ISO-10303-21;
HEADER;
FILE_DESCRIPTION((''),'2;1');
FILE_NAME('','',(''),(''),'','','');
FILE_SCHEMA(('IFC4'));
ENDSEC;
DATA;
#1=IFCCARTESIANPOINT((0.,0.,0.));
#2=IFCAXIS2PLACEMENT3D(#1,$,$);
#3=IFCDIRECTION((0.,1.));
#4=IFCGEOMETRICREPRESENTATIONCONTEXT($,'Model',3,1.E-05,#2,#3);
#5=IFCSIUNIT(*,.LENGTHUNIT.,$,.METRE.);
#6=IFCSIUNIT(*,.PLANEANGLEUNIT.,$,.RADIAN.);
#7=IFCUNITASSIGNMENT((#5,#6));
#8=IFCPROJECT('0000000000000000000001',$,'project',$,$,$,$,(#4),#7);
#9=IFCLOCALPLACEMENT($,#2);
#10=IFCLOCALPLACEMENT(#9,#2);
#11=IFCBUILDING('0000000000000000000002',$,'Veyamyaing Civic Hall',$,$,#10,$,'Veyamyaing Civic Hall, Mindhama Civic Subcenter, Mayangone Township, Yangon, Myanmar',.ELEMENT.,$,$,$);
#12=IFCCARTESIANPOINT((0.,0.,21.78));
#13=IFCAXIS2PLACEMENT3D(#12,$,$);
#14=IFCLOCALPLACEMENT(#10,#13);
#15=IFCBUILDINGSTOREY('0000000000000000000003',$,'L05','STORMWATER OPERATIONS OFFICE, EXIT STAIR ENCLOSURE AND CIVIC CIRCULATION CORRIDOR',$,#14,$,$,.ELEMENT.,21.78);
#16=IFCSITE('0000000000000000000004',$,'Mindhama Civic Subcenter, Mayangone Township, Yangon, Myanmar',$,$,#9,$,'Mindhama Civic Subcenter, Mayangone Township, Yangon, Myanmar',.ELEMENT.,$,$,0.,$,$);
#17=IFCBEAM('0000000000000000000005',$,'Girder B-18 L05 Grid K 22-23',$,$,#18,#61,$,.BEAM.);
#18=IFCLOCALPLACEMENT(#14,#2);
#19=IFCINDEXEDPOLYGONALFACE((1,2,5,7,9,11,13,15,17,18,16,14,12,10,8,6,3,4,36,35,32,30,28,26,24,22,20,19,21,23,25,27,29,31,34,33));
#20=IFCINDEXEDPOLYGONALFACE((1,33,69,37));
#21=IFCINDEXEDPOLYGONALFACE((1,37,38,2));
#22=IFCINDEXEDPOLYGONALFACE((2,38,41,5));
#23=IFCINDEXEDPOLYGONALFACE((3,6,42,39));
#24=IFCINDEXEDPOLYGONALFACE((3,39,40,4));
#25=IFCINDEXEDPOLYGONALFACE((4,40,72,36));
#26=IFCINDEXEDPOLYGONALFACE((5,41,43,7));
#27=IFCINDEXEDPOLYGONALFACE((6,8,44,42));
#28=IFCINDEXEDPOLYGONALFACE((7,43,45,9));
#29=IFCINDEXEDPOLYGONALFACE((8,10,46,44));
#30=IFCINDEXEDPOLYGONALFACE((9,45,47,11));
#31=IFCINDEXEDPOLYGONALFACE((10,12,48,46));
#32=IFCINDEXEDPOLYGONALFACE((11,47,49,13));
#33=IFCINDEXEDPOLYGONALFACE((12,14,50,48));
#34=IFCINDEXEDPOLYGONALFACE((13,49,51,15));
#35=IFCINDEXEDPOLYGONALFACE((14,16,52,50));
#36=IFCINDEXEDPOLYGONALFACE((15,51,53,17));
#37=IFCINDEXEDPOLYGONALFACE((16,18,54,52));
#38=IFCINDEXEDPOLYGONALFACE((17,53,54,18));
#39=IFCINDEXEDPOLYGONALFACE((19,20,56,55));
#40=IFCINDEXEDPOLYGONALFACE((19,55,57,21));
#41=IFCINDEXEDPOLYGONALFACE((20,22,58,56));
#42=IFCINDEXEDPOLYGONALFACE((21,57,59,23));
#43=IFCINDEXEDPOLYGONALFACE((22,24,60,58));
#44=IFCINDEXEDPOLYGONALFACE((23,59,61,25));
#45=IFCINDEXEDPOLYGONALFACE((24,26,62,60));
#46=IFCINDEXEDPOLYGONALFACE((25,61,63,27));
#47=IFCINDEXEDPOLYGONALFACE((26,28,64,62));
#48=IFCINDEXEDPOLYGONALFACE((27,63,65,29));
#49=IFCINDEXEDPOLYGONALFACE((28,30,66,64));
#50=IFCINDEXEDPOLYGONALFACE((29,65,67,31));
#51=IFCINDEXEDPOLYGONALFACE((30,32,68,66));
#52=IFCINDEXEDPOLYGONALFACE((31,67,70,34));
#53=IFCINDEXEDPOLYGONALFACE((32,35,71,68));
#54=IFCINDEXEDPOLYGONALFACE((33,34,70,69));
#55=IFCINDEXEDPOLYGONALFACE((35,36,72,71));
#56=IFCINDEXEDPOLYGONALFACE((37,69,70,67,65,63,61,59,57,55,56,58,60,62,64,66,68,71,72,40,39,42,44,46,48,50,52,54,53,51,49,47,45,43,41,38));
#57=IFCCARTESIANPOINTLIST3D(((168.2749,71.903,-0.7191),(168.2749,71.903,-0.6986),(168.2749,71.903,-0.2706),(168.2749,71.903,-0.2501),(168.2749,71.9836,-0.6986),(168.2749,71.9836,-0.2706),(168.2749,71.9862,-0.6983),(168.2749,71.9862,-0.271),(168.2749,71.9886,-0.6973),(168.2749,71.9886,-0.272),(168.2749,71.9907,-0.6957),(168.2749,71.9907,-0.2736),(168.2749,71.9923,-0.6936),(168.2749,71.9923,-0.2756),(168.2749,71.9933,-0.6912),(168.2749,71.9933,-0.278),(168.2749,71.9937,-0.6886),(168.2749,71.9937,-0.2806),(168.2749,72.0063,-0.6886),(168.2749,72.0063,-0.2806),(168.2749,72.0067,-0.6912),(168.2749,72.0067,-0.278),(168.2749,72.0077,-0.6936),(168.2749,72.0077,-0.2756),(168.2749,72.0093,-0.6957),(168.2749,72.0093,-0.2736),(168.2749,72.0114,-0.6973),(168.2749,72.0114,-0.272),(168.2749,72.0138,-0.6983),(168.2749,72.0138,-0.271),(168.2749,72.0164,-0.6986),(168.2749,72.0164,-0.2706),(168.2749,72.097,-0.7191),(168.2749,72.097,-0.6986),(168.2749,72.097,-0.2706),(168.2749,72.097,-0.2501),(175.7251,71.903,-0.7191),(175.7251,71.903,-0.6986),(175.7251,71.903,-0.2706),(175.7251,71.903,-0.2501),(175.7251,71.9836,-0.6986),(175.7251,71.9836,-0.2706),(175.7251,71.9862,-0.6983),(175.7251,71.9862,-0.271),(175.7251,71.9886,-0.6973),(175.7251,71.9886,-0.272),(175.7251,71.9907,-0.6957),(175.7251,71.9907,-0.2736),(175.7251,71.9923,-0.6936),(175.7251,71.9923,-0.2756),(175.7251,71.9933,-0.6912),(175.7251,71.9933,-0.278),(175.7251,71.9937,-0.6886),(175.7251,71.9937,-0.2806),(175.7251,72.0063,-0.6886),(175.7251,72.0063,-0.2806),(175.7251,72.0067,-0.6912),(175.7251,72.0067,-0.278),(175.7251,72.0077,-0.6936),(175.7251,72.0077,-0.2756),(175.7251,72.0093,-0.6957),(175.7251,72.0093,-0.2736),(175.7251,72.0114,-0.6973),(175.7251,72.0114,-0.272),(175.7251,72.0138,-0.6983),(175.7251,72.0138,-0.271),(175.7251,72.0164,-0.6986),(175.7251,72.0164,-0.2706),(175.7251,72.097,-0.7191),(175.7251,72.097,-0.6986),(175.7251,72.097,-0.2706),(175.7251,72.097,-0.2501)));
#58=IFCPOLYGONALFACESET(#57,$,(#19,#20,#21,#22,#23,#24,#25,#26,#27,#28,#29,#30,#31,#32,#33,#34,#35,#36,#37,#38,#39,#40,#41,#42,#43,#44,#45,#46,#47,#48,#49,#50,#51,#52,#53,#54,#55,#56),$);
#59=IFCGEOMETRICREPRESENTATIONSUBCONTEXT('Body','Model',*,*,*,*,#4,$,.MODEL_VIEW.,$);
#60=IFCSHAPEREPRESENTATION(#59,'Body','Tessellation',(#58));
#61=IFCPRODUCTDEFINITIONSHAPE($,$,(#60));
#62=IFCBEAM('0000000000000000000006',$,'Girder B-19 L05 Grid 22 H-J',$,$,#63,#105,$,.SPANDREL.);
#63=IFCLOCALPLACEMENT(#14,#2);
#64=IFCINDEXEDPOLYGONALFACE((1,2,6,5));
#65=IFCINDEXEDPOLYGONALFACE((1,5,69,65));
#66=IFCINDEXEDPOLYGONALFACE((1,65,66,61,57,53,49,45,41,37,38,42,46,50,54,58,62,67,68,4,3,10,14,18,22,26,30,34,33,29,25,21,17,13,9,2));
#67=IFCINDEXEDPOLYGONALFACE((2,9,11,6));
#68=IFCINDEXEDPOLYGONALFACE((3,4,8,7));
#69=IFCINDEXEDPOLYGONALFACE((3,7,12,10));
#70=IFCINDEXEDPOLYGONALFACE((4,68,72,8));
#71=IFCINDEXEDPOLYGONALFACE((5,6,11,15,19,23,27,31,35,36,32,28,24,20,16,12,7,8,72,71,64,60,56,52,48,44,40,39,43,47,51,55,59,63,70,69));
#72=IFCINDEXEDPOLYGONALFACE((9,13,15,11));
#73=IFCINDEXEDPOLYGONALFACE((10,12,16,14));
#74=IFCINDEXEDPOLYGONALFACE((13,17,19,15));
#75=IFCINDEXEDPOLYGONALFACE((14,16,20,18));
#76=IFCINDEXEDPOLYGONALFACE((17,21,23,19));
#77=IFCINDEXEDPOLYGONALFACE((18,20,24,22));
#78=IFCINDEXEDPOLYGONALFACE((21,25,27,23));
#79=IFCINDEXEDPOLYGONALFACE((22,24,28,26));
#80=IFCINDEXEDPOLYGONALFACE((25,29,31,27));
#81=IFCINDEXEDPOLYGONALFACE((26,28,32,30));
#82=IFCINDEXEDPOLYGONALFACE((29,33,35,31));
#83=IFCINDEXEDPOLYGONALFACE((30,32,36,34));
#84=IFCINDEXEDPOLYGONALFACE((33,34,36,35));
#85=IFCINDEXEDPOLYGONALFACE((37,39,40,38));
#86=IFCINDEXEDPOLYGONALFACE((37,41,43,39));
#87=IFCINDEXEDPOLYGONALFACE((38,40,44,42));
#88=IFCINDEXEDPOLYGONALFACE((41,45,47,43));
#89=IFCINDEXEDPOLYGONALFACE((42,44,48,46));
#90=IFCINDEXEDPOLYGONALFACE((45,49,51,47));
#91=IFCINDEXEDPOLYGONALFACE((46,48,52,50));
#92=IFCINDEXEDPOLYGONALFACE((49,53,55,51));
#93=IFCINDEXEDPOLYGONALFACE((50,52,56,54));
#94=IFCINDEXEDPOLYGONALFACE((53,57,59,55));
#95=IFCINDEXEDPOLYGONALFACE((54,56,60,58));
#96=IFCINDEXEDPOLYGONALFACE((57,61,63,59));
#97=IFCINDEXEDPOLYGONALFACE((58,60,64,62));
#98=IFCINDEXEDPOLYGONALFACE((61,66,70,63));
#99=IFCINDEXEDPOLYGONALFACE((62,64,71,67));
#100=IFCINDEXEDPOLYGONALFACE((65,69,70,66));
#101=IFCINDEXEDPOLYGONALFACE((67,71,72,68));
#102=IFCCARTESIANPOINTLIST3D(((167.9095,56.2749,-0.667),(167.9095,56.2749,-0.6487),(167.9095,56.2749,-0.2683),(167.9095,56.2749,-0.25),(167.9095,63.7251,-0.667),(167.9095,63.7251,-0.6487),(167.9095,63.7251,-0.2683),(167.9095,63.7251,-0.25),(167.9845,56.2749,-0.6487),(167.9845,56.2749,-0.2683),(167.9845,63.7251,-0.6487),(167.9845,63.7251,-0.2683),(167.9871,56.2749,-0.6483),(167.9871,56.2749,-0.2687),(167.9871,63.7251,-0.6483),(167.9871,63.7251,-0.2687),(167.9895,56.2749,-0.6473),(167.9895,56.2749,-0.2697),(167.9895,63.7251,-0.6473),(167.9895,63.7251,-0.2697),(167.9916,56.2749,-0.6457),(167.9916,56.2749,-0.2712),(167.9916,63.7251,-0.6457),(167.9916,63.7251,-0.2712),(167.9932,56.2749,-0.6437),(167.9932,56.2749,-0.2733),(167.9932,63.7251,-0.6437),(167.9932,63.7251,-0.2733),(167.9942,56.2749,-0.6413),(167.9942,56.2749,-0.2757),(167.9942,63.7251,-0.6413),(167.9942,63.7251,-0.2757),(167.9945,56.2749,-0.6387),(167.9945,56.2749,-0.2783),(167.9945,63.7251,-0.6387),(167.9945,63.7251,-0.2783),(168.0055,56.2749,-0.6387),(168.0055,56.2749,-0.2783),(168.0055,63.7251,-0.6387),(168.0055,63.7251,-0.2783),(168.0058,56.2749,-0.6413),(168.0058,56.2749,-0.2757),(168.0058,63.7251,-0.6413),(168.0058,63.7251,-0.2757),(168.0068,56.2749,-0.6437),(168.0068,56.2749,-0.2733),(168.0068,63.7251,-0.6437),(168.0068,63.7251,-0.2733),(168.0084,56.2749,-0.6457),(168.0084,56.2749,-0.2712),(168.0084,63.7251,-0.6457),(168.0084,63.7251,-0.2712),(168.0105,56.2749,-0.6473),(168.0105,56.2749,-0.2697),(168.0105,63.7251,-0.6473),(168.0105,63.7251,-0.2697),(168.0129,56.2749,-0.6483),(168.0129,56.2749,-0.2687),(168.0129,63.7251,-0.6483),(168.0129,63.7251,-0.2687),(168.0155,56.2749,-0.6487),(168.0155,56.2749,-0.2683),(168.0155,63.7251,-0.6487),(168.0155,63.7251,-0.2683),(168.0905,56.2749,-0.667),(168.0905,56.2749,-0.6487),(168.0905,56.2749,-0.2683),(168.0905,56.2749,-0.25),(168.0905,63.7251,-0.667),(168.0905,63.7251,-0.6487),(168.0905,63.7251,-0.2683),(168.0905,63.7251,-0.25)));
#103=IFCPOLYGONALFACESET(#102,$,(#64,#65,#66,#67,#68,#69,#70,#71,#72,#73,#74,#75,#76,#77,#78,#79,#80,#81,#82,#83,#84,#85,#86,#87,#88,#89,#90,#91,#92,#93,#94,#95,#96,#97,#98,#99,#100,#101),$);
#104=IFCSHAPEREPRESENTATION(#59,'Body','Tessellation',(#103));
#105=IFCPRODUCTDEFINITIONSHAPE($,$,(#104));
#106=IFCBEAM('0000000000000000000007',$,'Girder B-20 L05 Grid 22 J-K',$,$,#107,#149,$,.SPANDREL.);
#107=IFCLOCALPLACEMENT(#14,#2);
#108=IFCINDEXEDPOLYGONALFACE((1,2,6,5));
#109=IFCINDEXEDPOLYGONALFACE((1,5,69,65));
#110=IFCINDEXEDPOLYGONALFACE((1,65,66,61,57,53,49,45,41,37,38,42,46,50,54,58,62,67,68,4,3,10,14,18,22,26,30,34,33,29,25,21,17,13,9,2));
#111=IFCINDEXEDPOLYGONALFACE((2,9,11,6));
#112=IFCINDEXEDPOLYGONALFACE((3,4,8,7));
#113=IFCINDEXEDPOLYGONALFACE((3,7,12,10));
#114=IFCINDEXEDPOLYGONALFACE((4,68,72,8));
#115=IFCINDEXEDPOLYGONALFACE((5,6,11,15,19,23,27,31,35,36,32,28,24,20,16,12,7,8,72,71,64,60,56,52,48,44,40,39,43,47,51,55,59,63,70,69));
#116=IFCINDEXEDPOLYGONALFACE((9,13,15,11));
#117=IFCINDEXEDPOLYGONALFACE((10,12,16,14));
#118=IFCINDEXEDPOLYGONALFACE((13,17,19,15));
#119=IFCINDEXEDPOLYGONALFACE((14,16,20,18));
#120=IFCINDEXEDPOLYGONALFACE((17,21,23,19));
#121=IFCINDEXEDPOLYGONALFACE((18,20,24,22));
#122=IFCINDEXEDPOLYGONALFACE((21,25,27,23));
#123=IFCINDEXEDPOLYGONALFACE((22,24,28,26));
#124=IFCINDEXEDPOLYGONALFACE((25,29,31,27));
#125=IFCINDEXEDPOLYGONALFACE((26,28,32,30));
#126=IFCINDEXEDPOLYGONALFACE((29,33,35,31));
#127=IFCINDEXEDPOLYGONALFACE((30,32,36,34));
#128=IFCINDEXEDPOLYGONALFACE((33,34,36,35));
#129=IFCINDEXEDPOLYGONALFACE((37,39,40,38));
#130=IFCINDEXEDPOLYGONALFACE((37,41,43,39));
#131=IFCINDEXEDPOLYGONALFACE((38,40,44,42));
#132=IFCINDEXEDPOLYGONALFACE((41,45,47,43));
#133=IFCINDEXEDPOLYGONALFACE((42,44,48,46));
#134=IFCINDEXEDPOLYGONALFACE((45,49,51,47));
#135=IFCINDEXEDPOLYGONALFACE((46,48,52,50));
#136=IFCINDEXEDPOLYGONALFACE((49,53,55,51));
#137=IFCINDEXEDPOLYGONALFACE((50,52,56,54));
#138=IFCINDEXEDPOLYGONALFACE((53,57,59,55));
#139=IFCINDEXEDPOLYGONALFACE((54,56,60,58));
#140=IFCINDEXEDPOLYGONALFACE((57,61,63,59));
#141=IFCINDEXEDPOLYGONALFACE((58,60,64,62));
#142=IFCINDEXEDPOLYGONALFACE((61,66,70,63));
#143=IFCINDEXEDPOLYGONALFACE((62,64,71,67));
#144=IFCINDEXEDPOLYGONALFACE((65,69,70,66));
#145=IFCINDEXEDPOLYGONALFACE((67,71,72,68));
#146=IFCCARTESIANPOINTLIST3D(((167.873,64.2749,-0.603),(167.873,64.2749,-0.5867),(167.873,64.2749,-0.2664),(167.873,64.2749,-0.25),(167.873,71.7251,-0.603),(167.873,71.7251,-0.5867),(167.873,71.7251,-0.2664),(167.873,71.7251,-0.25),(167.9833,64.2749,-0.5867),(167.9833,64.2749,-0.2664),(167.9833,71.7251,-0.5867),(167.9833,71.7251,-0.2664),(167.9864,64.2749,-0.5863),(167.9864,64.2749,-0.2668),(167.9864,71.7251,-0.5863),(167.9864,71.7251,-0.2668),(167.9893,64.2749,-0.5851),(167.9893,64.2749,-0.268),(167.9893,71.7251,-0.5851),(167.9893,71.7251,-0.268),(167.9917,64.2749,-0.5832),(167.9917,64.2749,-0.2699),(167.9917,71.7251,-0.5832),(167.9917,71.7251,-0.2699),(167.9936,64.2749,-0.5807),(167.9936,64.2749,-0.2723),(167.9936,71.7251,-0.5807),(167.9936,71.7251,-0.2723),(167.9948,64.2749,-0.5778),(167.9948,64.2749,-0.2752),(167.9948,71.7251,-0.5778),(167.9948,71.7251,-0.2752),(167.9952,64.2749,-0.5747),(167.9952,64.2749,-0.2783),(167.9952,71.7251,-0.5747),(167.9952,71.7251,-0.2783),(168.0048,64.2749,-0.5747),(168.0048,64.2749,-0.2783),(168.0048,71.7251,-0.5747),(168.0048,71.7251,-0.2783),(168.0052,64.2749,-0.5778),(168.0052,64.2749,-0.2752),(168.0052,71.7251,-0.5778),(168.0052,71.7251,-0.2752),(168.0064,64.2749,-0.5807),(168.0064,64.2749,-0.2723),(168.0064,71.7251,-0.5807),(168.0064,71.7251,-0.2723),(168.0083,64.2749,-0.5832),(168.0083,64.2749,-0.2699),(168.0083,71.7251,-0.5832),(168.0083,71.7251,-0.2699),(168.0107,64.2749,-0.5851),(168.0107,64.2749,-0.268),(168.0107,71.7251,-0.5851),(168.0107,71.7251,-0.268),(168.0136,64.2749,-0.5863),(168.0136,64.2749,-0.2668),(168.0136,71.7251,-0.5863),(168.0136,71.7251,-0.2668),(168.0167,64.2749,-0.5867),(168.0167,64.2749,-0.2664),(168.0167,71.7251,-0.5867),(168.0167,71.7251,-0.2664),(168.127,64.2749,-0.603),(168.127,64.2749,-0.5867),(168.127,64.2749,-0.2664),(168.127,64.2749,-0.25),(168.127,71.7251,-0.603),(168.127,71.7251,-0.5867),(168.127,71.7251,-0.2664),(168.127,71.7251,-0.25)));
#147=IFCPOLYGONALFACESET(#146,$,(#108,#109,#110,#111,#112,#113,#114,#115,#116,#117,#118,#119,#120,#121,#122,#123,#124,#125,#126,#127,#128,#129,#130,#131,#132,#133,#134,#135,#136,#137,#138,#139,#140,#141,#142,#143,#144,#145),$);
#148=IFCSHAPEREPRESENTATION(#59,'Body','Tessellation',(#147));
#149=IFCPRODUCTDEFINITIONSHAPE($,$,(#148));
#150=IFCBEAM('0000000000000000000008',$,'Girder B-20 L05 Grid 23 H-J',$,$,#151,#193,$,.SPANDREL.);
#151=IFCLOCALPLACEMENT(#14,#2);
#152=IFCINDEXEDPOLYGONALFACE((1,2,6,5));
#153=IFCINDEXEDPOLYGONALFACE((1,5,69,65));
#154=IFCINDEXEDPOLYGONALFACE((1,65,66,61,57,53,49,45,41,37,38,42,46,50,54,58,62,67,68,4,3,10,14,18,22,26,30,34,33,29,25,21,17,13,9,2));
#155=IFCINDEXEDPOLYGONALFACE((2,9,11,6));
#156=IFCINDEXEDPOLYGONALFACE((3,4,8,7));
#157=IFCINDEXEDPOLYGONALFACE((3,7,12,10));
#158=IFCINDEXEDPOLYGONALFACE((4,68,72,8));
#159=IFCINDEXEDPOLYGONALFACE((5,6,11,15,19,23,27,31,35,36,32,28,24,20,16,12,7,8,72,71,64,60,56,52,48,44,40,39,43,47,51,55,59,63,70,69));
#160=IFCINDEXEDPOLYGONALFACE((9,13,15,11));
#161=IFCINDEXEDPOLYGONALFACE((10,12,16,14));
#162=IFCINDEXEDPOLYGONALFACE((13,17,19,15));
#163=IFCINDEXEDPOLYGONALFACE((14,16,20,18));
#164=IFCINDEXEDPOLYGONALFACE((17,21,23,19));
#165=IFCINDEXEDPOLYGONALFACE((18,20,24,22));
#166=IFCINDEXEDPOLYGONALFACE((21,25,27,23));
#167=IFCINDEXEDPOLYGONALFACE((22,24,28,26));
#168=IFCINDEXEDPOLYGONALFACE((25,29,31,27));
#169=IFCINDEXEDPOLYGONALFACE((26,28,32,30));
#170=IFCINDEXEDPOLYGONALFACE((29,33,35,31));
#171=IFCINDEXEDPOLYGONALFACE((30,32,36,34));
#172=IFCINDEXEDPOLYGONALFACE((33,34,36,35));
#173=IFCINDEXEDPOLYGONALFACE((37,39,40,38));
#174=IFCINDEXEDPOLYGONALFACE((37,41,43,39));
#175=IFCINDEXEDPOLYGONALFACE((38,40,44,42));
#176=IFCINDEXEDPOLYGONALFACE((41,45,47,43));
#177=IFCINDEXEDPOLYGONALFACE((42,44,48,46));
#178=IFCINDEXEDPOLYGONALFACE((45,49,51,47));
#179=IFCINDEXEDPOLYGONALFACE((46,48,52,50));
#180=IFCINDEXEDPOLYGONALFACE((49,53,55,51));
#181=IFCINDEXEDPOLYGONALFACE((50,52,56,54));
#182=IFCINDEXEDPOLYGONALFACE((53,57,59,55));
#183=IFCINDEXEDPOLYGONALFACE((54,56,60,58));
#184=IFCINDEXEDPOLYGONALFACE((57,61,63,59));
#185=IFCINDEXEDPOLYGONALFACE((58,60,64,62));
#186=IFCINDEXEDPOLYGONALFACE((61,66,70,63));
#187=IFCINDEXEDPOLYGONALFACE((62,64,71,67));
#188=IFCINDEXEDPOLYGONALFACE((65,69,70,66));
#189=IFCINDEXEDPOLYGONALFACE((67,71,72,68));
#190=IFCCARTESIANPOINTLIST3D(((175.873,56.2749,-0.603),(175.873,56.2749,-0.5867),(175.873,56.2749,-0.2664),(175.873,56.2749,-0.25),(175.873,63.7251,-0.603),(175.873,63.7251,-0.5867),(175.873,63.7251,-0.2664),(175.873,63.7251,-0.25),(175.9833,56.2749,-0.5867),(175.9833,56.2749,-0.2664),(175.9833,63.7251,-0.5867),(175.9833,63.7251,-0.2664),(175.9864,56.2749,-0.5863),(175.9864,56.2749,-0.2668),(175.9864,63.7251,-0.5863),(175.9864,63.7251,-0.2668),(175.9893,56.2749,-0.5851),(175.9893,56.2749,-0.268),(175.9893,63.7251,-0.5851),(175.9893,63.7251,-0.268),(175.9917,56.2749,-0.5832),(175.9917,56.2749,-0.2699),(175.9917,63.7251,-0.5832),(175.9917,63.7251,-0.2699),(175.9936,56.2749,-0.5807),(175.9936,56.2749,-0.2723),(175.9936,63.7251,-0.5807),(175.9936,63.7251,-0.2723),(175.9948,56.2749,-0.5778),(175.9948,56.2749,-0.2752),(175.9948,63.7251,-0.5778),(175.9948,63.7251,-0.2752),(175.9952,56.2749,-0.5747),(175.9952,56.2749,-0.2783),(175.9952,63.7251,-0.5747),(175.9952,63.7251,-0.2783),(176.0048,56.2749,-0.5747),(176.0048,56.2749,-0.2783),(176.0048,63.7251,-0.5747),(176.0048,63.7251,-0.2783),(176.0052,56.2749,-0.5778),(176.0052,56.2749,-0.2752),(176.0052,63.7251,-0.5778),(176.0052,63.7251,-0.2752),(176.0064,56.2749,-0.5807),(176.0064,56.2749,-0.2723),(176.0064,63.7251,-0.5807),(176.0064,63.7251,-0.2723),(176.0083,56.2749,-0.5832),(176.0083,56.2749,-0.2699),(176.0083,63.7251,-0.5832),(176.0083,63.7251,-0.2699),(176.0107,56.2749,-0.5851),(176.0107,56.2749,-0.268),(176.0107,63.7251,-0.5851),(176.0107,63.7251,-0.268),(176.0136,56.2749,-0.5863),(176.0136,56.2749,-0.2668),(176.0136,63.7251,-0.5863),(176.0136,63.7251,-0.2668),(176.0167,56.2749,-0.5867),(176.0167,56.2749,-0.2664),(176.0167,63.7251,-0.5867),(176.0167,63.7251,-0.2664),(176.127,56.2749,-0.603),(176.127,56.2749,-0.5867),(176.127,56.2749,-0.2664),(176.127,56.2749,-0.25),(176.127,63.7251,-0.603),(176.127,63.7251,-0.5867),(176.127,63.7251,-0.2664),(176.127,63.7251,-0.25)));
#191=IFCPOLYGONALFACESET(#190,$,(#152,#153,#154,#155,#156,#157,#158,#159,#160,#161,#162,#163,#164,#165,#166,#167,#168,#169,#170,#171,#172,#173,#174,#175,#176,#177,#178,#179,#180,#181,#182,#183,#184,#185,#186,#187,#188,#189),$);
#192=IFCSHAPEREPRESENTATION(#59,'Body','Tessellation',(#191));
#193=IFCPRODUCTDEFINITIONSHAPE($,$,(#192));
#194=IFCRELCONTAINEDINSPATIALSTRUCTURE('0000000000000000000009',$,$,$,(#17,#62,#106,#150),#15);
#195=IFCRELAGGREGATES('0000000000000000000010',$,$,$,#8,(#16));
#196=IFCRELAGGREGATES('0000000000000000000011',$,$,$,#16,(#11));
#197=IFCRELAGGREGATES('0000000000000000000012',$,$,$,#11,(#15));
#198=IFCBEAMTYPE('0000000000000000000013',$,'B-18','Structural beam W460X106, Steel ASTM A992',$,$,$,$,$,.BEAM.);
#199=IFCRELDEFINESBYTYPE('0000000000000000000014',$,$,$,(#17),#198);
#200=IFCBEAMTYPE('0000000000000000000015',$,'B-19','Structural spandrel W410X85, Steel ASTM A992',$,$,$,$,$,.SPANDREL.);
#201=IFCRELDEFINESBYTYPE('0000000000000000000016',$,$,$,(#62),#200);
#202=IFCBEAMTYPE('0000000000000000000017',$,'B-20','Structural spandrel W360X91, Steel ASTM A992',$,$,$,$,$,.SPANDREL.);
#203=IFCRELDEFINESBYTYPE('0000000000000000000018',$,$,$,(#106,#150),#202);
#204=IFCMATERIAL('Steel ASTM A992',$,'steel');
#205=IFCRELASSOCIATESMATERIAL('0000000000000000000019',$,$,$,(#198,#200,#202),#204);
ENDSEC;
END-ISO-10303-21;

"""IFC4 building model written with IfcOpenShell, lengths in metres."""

from ifc_helpers import new_model, si_unit, direction, frame, origin, origin_2d, place, context, subcontext, project, spatial, i_section, extrude, material, material_profile, profile_set, type_object, element, save


model = new_model("IFC4")

# Units and contexts
model_context = context("Model", 3, precision=1e-05, world=origin(), true_north=direction((0.0, 1.0)))
body_context = subcontext(model_context, "Body", "Model", "MODEL_VIEW")
ifc_project = project(units=[si_unit("LENGTHUNIT", "METRE"), si_unit("PLANEANGLEUNIT", "RADIAN")], contexts=[model_context])

# Site, building, storey
site_placement = place(None, origin())
site = spatial("IfcSite", under=ifc_project, at=site_placement, Name="Mindhama Civic Subcenter, Mayangone Township, Yangon, Myanmar", LongName="Mindhama Civic Subcenter, Mayangone Township, Yangon, Myanmar", CompositionType="ELEMENT", RefElevation=0.0)
building_placement = place(site_placement, origin())
building = spatial("IfcBuilding", under=site, at=building_placement, Name="Veyamyaing Civic Hall", LongName="Veyamyaing Civic Hall, Mindhama Civic Subcenter, Mayangone Township, Yangon, Myanmar", CompositionType="ELEMENT")
storey_placement = place(building_placement, frame((0.0, 0.0, 21.78)))
storey = spatial("IfcBuildingStorey", under=building, at=storey_placement, Name="L05", Description="STORMWATER OPERATIONS OFFICE, EXIT STAIR ENCLOSURE AND CIVIC CIRCULATION CORRIDOR", CompositionType="ELEMENT", Elevation=21.78)

# Beams
ifc_material_1 = material(Name="Steel ASTM A992", Category="steel")
ifc_material_profile_1 = material_profile(ifc_material_1, i_section(OverallWidth=0.1941, OverallDepth=0.469, WebThickness=0.0127, FlangeThickness=0.0205, FilletRadius=0.01, at=origin_2d()), Name="W460X106")
ifc_profile_set_1 = profile_set([ifc_material_profile_1], Name="Steel ASTM A992")
beam_type_1 = type_object("IfcBeamType", Name="B-18", Description="Structural beam W460X106, Steel ASTM A992", PredefinedType="BEAM", material=ifc_profile_set_1)
beam_1_placement = place(storey_placement, frame((168.2749, 72.0, -0.4846), z_axis=(1.0, 0.0, 0.0), x_axis=(0.0, 1.0, 0.0)))
element("IfcBeam", 1, at=beam_1_placement, inside=storey, type_object=beam_type_1, Name="Girder B-18 L05 Grid K 22-23", PredefinedType="BEAM", context=body_context, shape_type="SweptSolid", body=[
    extrude(i_section(OverallWidth=0.1941, OverallDepth=0.469, WebThickness=0.0127, FlangeThickness=0.0205, FilletRadius=0.01, at=origin_2d()), origin(), (0.0, 0.0, 1.0), 7.4502),
])
ifc_material_profile_2 = material_profile(ifc_material_1, i_section(OverallWidth=0.1809, OverallDepth=0.417, WebThickness=0.011, FlangeThickness=0.0183, FilletRadius=0.01, at=origin_2d()), Name="W410X85")
ifc_profile_set_2 = profile_set([ifc_material_profile_2], Name="Steel ASTM A992")
beam_type_2 = type_object("IfcBeamType", Name="B-19", Description="Structural spandrel W410X85, Steel ASTM A992", PredefinedType="SPANDREL", material=ifc_profile_set_2)
beam_2_placement = place(storey_placement, frame((168.0, 56.2749, -0.4585), z_axis=(0.0, 1.0, 0.0), x_axis=(-1.0, 0.0, 0.0)))
element("IfcBeam", 2, at=beam_2_placement, inside=storey, type_object=beam_type_2, Name="Girder B-19 L05 Grid 22 H-J", PredefinedType="SPANDREL", context=body_context, shape_type="SweptSolid", body=[
    extrude(i_section(OverallWidth=0.1809, OverallDepth=0.417, WebThickness=0.011, FlangeThickness=0.0183, FilletRadius=0.01, at=origin_2d()), origin(), (0.0, 0.0, 1.0), 7.4502),
])
ifc_material_profile_3 = material_profile(ifc_material_1, i_section(OverallWidth=0.2539, OverallDepth=0.353, WebThickness=0.0095, FlangeThickness=0.0164, FilletRadius=0.012, at=origin_2d()), Name="W360X91")
ifc_profile_set_3 = profile_set([ifc_material_profile_3], Name="Steel ASTM A992")
beam_type_3 = type_object("IfcBeamType", Name="B-20", Description="Structural spandrel W360X91, Steel ASTM A992", PredefinedType="SPANDREL", material=ifc_profile_set_3)
for number, where, z_axis, x_axis, name in (
    (3, (168.0, 64.2749, -0.4265), (0.0, 1.0, 0.0), (-1.0, 0.0, 0.0), "Girder B-20 L05 Grid 22 J-K"),
    (4, (176.0, 56.2749, -0.4265), (0.0, 1.0, 0.0), (-1.0, 0.0, 0.0), "Girder B-20 L05 Grid 23 H-J"),
):
    element("IfcBeam", number, at=place(storey_placement, frame(where, z_axis=z_axis, x_axis=x_axis)), inside=storey, type_object=beam_type_3, Name=name, PredefinedType="SPANDREL", context=body_context, shape_type="SweptSolid", body=[
        extrude(i_section(OverallWidth=0.2539, OverallDepth=0.353, WebThickness=0.0095, FlangeThickness=0.0164, FilletRadius=0.012, at=origin_2d()), origin(), (0.0, 0.0, 1.0), 7.4502),
    ])

save(model, "model.ifc")
